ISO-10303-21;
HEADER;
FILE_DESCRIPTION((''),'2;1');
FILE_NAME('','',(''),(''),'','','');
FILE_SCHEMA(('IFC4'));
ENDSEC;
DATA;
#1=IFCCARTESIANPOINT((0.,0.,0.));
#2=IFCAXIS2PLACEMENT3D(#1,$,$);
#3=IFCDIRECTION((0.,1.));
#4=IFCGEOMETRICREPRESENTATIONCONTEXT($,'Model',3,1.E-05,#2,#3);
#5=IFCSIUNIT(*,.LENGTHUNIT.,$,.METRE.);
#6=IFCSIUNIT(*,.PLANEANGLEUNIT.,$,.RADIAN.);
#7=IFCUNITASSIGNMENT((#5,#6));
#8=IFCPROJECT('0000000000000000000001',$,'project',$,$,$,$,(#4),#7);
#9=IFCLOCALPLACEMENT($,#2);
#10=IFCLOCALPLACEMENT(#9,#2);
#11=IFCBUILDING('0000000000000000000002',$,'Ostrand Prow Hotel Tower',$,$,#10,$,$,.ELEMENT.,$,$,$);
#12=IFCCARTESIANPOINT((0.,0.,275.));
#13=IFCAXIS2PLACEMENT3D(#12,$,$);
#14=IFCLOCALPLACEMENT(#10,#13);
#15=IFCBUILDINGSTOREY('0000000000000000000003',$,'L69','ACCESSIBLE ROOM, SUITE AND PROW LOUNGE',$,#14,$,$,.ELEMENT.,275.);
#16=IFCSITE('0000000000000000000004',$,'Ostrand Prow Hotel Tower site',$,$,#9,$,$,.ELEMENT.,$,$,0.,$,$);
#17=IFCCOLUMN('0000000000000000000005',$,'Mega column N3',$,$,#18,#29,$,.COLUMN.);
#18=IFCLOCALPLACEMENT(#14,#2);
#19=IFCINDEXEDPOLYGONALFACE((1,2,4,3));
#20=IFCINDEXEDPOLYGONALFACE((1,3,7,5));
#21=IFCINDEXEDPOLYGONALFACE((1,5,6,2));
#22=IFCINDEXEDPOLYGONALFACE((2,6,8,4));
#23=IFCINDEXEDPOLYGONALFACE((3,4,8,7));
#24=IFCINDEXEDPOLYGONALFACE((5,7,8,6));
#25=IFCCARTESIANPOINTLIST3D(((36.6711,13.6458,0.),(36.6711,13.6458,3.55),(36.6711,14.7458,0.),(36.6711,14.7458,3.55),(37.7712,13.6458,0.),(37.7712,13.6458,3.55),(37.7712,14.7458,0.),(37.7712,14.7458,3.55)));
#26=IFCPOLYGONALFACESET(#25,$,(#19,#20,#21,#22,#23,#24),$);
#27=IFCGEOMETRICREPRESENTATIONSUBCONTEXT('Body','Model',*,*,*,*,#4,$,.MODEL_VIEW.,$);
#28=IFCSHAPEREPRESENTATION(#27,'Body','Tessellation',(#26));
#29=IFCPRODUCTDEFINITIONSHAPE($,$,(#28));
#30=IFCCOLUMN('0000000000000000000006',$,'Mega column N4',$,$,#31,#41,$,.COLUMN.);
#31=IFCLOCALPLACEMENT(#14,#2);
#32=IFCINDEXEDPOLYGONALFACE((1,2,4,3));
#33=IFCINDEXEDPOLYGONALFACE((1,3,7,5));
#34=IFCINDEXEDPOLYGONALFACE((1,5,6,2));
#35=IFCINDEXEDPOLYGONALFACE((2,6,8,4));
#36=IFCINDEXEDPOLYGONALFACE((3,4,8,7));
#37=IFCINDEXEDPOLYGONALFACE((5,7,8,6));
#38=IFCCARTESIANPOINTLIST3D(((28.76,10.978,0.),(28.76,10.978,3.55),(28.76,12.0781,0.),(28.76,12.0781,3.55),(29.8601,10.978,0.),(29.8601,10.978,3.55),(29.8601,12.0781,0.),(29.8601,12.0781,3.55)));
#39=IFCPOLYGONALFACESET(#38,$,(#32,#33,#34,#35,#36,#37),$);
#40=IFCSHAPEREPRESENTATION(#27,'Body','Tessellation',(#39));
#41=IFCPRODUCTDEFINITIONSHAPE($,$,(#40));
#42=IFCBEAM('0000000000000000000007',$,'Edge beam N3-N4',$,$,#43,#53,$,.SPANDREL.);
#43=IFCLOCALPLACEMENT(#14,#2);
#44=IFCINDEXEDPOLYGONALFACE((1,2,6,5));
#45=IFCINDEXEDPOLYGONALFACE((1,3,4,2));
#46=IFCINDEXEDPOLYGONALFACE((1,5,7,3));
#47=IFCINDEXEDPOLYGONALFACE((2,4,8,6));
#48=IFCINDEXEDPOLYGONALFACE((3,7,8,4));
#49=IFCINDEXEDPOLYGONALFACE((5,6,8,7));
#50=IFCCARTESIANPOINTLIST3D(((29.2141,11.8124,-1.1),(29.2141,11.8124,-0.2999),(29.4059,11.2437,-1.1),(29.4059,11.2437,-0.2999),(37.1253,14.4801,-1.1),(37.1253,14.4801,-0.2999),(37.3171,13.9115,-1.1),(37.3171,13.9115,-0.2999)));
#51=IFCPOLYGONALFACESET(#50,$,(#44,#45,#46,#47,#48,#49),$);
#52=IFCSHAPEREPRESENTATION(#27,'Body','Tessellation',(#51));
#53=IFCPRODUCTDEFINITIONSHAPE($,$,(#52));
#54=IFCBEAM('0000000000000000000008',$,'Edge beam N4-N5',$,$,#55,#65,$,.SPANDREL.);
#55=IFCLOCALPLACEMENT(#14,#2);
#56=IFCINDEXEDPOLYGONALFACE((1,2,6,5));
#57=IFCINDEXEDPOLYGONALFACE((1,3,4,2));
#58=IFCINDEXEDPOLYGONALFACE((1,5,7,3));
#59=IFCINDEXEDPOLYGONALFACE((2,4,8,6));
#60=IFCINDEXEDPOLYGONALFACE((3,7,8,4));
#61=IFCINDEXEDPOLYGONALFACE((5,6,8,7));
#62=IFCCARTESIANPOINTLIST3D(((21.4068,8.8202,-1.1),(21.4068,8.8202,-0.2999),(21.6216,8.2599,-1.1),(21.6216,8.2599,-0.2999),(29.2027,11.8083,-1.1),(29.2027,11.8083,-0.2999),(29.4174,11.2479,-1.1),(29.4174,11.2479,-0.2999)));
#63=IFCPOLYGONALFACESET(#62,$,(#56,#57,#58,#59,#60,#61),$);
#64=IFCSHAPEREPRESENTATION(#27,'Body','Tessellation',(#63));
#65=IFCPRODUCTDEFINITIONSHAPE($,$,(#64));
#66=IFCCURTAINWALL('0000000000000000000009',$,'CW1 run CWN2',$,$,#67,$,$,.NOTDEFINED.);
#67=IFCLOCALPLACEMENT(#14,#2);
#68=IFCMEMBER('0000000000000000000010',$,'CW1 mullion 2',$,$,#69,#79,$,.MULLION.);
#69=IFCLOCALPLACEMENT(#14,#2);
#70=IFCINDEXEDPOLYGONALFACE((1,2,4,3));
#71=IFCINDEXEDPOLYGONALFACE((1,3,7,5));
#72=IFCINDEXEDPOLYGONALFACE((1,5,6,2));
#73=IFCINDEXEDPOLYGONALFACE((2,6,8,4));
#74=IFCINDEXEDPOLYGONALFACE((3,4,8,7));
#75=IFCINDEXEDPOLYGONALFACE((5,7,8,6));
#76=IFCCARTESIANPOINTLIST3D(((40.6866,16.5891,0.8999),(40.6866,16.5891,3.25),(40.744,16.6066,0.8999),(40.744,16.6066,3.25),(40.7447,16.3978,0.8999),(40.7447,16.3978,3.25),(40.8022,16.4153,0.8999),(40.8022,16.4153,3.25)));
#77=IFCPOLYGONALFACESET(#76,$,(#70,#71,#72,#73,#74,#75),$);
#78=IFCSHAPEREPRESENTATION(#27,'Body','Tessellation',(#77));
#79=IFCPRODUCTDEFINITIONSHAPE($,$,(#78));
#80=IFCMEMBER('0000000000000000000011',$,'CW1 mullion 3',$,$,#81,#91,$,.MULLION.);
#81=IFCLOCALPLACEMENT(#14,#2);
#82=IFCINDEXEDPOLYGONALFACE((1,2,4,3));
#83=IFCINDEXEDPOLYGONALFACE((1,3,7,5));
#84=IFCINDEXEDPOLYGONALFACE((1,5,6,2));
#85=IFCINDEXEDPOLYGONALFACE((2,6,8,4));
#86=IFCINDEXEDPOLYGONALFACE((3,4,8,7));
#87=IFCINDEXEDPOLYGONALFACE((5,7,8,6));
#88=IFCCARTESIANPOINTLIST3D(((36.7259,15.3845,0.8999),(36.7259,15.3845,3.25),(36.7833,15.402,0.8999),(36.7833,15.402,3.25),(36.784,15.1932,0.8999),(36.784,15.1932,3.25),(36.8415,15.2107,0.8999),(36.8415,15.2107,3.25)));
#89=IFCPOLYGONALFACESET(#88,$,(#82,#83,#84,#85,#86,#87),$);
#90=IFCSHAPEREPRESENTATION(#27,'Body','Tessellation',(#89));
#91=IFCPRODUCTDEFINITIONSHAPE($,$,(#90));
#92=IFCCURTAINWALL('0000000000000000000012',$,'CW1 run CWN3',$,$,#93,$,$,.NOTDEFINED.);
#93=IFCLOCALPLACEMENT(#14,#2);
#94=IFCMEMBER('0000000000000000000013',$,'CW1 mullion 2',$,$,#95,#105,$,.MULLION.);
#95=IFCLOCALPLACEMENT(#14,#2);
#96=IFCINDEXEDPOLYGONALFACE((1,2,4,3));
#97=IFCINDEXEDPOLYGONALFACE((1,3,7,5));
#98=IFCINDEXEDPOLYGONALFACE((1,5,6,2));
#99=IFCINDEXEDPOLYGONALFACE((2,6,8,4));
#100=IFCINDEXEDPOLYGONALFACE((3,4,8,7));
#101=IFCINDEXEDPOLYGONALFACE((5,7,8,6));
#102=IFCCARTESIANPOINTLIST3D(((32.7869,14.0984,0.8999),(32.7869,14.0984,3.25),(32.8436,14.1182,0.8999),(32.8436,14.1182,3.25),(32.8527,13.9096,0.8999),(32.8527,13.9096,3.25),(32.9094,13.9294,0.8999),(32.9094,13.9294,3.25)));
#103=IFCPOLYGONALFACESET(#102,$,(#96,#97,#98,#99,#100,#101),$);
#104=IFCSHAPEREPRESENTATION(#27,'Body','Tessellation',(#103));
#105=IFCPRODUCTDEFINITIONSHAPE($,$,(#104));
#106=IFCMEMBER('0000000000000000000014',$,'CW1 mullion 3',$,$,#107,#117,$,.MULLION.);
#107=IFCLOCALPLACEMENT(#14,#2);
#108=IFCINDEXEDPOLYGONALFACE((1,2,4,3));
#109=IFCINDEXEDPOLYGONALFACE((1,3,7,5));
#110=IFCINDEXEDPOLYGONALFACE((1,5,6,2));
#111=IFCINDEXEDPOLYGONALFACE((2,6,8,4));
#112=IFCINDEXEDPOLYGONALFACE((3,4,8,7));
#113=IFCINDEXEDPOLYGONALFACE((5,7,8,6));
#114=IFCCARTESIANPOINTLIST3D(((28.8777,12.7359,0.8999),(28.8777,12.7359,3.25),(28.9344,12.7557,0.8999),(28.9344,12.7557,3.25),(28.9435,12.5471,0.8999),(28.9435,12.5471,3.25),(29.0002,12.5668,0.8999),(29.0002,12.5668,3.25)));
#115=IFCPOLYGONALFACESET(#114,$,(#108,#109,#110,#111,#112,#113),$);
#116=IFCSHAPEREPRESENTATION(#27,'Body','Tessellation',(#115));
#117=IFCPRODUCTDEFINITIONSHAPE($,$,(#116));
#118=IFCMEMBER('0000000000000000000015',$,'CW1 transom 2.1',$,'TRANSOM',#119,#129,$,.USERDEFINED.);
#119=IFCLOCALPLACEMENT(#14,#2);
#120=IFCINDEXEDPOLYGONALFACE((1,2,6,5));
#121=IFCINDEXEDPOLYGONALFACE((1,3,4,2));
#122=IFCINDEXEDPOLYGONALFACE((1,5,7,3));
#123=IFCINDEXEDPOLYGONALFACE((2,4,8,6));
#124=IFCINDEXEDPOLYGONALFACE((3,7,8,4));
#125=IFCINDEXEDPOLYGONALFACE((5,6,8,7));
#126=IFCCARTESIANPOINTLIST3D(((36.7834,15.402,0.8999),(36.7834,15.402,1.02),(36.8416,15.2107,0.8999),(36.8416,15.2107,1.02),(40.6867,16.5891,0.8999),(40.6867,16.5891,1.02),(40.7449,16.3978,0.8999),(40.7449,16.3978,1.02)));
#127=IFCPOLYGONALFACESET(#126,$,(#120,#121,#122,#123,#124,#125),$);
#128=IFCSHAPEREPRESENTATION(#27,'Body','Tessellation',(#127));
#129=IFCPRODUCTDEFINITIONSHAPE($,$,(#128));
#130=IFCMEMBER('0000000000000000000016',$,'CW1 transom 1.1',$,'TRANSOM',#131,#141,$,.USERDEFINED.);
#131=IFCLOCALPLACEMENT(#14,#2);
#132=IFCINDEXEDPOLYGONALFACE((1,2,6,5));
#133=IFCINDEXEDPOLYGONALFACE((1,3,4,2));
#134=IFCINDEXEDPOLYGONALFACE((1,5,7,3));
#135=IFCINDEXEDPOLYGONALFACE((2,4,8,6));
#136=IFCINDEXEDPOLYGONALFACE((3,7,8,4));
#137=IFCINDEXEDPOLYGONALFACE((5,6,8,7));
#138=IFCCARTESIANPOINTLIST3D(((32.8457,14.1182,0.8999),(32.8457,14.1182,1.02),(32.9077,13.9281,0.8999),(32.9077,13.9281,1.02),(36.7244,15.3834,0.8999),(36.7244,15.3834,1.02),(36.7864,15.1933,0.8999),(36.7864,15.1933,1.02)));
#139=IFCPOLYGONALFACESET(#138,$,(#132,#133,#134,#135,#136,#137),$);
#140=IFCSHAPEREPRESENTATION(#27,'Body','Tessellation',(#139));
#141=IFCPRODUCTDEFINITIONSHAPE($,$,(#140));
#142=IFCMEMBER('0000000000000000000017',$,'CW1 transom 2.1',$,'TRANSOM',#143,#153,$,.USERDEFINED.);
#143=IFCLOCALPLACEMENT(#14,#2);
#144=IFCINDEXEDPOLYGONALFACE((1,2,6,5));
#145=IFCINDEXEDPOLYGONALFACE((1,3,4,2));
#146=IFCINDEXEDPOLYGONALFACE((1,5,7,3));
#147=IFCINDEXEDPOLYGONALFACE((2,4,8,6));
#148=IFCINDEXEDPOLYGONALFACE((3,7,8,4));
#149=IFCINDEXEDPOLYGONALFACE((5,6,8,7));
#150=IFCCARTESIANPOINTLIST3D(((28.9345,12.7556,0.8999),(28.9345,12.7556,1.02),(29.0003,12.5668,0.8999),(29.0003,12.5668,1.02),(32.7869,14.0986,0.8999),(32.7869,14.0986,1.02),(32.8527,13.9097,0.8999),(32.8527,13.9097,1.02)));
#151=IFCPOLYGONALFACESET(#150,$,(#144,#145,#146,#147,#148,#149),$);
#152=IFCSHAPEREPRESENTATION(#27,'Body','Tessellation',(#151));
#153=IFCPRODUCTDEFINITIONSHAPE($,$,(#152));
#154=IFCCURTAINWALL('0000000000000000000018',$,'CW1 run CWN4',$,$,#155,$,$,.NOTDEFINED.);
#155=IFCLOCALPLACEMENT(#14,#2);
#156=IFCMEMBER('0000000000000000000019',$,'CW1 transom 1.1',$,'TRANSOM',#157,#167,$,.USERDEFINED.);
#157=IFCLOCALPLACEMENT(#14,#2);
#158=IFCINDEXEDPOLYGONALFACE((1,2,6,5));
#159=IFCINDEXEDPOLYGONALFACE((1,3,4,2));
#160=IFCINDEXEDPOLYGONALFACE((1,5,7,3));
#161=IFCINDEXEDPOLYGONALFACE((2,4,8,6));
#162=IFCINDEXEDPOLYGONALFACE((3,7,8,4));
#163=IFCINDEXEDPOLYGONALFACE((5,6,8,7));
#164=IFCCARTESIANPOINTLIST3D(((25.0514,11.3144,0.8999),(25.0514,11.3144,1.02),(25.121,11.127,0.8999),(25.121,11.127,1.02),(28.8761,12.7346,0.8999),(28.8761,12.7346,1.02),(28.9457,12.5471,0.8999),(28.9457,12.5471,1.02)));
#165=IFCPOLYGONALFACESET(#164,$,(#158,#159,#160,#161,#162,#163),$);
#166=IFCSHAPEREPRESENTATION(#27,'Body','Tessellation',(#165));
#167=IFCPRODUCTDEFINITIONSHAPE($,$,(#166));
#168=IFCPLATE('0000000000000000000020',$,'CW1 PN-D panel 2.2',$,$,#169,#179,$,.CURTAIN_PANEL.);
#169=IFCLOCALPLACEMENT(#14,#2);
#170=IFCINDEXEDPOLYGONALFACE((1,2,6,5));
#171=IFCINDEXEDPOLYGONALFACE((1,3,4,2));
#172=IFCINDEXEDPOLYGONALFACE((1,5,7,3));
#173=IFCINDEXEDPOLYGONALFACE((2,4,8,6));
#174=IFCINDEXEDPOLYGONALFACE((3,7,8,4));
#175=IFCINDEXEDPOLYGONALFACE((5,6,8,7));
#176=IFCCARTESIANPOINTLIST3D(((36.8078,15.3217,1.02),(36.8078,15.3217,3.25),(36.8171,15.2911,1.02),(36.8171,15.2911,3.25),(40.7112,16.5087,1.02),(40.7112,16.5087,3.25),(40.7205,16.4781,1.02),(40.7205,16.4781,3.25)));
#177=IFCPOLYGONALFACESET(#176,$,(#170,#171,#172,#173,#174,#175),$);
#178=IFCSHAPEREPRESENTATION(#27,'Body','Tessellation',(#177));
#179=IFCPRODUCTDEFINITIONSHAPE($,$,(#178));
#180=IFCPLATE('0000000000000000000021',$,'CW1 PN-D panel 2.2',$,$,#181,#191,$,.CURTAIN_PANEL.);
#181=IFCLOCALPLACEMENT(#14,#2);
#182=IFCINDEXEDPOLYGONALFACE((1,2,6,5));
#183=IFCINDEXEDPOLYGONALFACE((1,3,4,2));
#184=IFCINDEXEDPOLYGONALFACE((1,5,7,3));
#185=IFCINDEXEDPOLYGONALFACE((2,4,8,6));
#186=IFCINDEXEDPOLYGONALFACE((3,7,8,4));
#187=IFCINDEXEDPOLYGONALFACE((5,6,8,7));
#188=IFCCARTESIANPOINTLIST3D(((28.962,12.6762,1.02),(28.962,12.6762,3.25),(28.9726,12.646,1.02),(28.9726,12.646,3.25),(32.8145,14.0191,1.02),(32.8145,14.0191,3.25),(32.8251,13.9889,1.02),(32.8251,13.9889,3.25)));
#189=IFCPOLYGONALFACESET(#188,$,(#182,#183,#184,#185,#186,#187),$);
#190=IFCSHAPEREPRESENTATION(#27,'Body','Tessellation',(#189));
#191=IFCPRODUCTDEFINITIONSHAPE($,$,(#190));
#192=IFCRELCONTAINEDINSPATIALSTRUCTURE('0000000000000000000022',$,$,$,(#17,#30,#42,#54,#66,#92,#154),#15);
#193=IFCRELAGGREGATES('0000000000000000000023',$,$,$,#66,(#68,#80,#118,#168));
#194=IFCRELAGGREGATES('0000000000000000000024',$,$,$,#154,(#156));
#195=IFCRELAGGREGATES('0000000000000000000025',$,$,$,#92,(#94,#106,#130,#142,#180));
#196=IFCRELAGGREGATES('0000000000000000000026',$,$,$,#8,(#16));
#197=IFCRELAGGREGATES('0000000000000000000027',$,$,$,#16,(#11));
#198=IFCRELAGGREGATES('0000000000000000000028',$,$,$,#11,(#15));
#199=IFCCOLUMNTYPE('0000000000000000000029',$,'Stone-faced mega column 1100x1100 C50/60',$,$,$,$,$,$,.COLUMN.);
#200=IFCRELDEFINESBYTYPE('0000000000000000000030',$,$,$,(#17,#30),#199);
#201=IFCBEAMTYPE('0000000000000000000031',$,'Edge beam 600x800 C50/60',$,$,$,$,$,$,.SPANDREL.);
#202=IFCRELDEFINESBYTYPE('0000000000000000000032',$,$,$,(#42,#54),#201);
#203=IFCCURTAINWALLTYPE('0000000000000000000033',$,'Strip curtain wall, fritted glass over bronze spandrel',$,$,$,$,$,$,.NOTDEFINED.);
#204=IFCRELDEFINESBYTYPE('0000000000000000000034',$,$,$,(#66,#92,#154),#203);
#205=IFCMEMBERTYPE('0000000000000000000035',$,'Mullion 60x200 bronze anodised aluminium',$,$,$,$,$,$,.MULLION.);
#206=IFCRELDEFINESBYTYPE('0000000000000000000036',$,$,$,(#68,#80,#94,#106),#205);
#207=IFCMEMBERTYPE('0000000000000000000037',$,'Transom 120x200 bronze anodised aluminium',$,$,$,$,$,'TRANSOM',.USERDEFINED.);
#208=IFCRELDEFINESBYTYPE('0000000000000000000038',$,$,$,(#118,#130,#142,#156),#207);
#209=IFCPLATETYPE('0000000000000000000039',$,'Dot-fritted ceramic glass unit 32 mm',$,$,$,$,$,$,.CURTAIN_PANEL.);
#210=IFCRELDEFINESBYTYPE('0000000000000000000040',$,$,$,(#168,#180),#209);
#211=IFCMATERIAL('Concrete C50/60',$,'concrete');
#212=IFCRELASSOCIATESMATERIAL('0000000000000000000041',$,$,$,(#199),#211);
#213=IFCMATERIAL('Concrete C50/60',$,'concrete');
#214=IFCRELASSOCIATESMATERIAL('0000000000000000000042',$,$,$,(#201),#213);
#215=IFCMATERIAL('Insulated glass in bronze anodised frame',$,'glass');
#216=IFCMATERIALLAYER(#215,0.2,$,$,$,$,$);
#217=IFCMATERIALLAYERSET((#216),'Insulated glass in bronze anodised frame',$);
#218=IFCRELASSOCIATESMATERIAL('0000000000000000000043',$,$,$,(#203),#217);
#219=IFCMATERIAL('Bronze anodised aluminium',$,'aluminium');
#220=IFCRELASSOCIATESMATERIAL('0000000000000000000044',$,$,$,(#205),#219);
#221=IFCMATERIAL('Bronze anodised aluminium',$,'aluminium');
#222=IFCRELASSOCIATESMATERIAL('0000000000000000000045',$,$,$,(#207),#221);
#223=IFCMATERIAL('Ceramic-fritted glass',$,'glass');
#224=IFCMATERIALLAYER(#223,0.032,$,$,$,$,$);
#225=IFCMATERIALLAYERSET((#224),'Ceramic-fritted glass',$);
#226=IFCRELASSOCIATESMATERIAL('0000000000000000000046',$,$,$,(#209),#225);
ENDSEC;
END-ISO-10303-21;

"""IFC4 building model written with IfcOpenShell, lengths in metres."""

from ifc_helpers import new_model, si_unit, direction, frame, origin, origin_2d, place, context, subcontext, project, spatial, rectangle, extrude, material, layer, layer_set, material_profile, profile_set, type_object, element, aggregate, save


model = new_model("IFC4")

# Units and contexts
model_context = context("Model", 3, precision=1e-05, world=origin(), true_north=direction((0.0, 1.0)))
body_context = subcontext(model_context, "Body", "Model", "MODEL_VIEW")
ifc_project = project(units=[si_unit("LENGTHUNIT", "METRE"), si_unit("PLANEANGLEUNIT", "RADIAN")], contexts=[model_context])

# Site, building, storey
site_placement = place(None, origin())
site = spatial("IfcSite", under=ifc_project, at=site_placement, Name="Ostrand Prow Hotel Tower site", CompositionType="ELEMENT", RefElevation=0.0)
building_placement = place(site_placement, origin())
building = spatial("IfcBuilding", under=site, at=building_placement, Name="Ostrand Prow Hotel Tower", CompositionType="ELEMENT")
storey_placement = place(building_placement, frame((0.0, 0.0, 275.0)))
storey = spatial("IfcBuildingStorey", under=building, at=storey_placement, Name="L69", Description="ACCESSIBLE ROOM, SUITE AND PROW LOUNGE", CompositionType="ELEMENT", Elevation=275.0)

# Columns
ifc_material_1 = material(Name="Concrete C50/60", Category="concrete")
ifc_material_profile_1 = material_profile(ifc_material_1, rectangle(XDim=1.1001, YDim=1.1001, at=origin_2d()), Name="RC 1100x1100")
ifc_profile_set_1 = profile_set([ifc_material_profile_1], Name="Concrete C50/60")
column_type = type_object("IfcColumnType", Name="Stone-faced mega column 1100x1100 C50/60", PredefinedType="COLUMN", material=ifc_profile_set_1)
for number, where, z_axis, x_axis, name in (
    (1, (37.2212, 14.1958, 0.0), (0.0, 0.0, 1.0), (1.0, 0.0, 0.0), "Mega column N3"),
    (2, (29.3101, 11.5281, 0.0), (0.0, 0.0, 1.0), (1.0, 0.0, 0.0), "Mega column N4"),
):
    element("IfcColumn", number, at=place(storey_placement, frame(where, z_axis=z_axis, x_axis=x_axis)), inside=storey, type_object=column_type, Name=name, PredefinedType="COLUMN", context=body_context, shape_type="SweptSolid", body=[
        extrude(rectangle(XDim=1.1001, YDim=1.1001, at=origin_2d()), origin(), (0.0, 0.0, 1.0), 3.55),
    ])

# Beams
ifc_material_2 = material(Name="Concrete C50/60", Category="concrete")
ifc_material_profile_2 = material_profile(ifc_material_2, rectangle(XDim=0.6001, YDim=0.8, at=origin_2d()), Name="RC 600x800")
ifc_profile_set_2 = profile_set([ifc_material_profile_2], Name="Concrete C50/60")
beam_type = type_object("IfcBeamType", Name="Edge beam 600x800 C50/60", PredefinedType="SPANDREL", material=ifc_profile_set_2)
for number, where, z_axis, x_axis, name in (
    (3, (37.2212, 14.1958, -0.7), (-0.947575, -0.319533, 0.0), (0.319533, -0.947575, 0.0), "Edge beam N3-N4"),
    (4, (29.3101, 11.5281, -0.7), (-0.933762, -0.357895, 0.0), (0.357895, -0.933762, 0.0), "Edge beam N4-N5"),
):
    element("IfcBeam", number, at=place(storey_placement, frame(where, z_axis=z_axis, x_axis=x_axis)), inside=storey, type_object=beam_type, Name=name, PredefinedType="SPANDREL", context=body_context, shape_type="SweptSolid", body=[
        extrude(rectangle(XDim=0.6001, YDim=0.8, at=origin_2d()), origin(), (0.0, 0.0, 1.0), 8.3489),
    ])

# Curtain walls, members
ifc_material_3 = material(Name="Insulated glass in bronze anodised frame", Category="glass")
ifc_layer_1 = layer(ifc_material_3, 0.2)
ifc_layer_set_1 = layer_set([ifc_layer_1], Name="Insulated glass in bronze anodised frame")
curtain_wall_type = type_object("IfcCurtainWallType", Name="Strip curtain wall, fritted glass over bronze spandrel", PredefinedType="NOTDEFINED", material=ifc_layer_set_1)
curtain_wall_1_placement = place(storey_placement, origin())
curtain_wall_1 = element("IfcCurtainWall", 5, at=curtain_wall_1_placement, inside=storey, type_object=curtain_wall_type, Name="CW1 run CWN2", PredefinedType="NOTDEFINED")
ifc_material_4 = material(Name="Bronze anodised aluminium", Category="aluminium")
ifc_material_profile_3 = material_profile(ifc_material_4, rectangle(XDim=0.2, YDim=0.0601, at=origin_2d()), Name="Mullion 60x200 bronze anodised aluminium")
ifc_profile_set_3 = profile_set([ifc_material_profile_3], Name="Bronze anodised aluminium")
member_type_1 = type_object("IfcMemberType", Name="Mullion 60x200 bronze anodised aluminium", PredefinedType="MULLION", material=ifc_profile_set_3)
member_1_placement = place(storey_placement, frame((40.7444, 16.5022, 0.8999), z_axis=(0.0, 0.0, 1.0), x_axis=(0.290938, -0.956742, 0.0)))
member_1 = element("IfcMember", 6, at=member_1_placement, type_object=member_type_1, Name="CW1 mullion 2", PredefinedType="MULLION", context=body_context, shape_type="SweptSolid", body=[
    extrude(rectangle(XDim=0.2, YDim=0.0601, at=origin_2d()), origin(), (0.0, 0.0, 1.0), 2.3501),
])
member_2_placement = place(storey_placement, frame((36.7837, 15.2976, 0.8999), z_axis=(0.0, 0.0, 1.0), x_axis=(0.290938, -0.956742, 0.0)))
member_2 = element("IfcMember", 7, at=member_2_placement, type_object=member_type_1, Name="CW1 mullion 3", PredefinedType="MULLION", context=body_context, shape_type="SweptSolid", body=[
    extrude(rectangle(XDim=0.2, YDim=0.0601, at=origin_2d()), origin(), (0.0, 0.0, 1.0), 2.3501),
])
curtain_wall_2_placement = place(storey_placement, origin())
curtain_wall_2 = element("IfcCurtainWall", 8, at=curtain_wall_2_placement, inside=storey, type_object=curtain_wall_type, Name="CW1 run CWN3", PredefinedType="NOTDEFINED")
member_3_placement = place(storey_placement, frame((32.8481, 14.0139, 0.8999), z_axis=(0.0, 0.0, 1.0), x_axis=(0.329158, -0.944275, 0.0)))
member_3 = element("IfcMember", 9, at=member_3_placement, type_object=member_type_1, Name="CW1 mullion 2", PredefinedType="MULLION", context=body_context, shape_type="SweptSolid", body=[
    extrude(rectangle(XDim=0.2, YDim=0.0601, at=origin_2d()), origin(), (0.0, 0.0, 1.0), 2.3501),
])
member_4_placement = place(storey_placement, frame((28.939, 12.6514, 0.8999), z_axis=(0.0, 0.0, 1.0), x_axis=(0.329158, -0.944275, 0.0)))
member_4 = element("IfcMember", 10, at=member_4_placement, type_object=member_type_1, Name="CW1 mullion 3", PredefinedType="MULLION", context=body_context, shape_type="SweptSolid", body=[
    extrude(rectangle(XDim=0.2, YDim=0.0601, at=origin_2d()), origin(), (0.0, 0.0, 1.0), 2.3501),
])

# Members
ifc_material_5 = material(Name="Bronze anodised aluminium", Category="aluminium")
ifc_material_profile_4 = material_profile(ifc_material_5, rectangle(XDim=0.2, YDim=0.1201, at=origin_2d()), Name="Transom 120x200 bronze anodised aluminium")
ifc_profile_set_4 = profile_set([ifc_material_profile_4], Name="Bronze anodised aluminium")
member_type_2 = type_object("IfcMemberType", Name="Transom 120x200 bronze anodised aluminium", ElementType="TRANSOM", PredefinedType="USERDEFINED", material=ifc_profile_set_4)
member_5_placement = place(storey_placement, frame((40.7158, 16.4934, 0.96), z_axis=(-0.956739, -0.290947, 0.0), x_axis=(0.290947, -0.956739, 0.0)))
member_5 = element("IfcMember", 11, at=member_5_placement, type_object=member_type_2, Name="CW1 transom 2.1", ObjectType="TRANSOM", PredefinedType="USERDEFINED", context=body_context, shape_type="SweptSolid", body=[
    extrude(rectangle(XDim=0.2, YDim=0.1201, at=origin_2d()), origin(), (0.0, 0.0, 1.0), 4.0798),
])
member_6_placement = place(storey_placement, frame((36.7554, 15.2883, 0.96), z_axis=(-0.950704, -0.310099, 0.0), x_axis=(0.310099, -0.950704, 0.0)))
member_6 = element("IfcMember", 12, at=member_6_placement, type_object=member_type_2, Name="CW1 transom 1.1", ObjectType="TRANSOM", PredefinedType="USERDEFINED", context=body_context, shape_type="SweptSolid", body=[
    extrude(rectangle(XDim=0.2, YDim=0.1201, at=origin_2d()), origin(), (0.0, 0.0, 1.0), 4.0798),
])
member_7_placement = place(storey_placement, frame((32.8198, 14.0042, 0.96), z_axis=(-0.944268, -0.329177, 0.0), x_axis=(0.329177, -0.944268, 0.0)))
member_7 = element("IfcMember", 13, at=member_7_placement, type_object=member_type_2, Name="CW1 transom 2.1", ObjectType="TRANSOM", PredefinedType="USERDEFINED", context=body_context, shape_type="SweptSolid", body=[
    extrude(rectangle(XDim=0.2, YDim=0.1201, at=origin_2d()), origin(), (0.0, 0.0, 1.0), 4.0798),
])

# Curtain wall, member
curtain_wall_3_placement = place(storey_placement, origin())
curtain_wall_3 = element("IfcCurtainWall", 14, at=curtain_wall_3_placement, inside=storey, type_object=curtain_wall_type, Name="CW1 run CWN4", PredefinedType="NOTDEFINED")
member_8_placement = place(storey_placement, frame((28.9109, 12.6409, 0.96), z_axis=(-0.93746, -0.348092, 0.0), x_axis=(0.348092, -0.93746, 0.0)))
member_8 = element("IfcMember", 15, at=member_8_placement, type_object=member_type_2, Name="CW1 transom 1.1", ObjectType="TRANSOM", PredefinedType="USERDEFINED", context=body_context, shape_type="SweptSolid", body=[
    extrude(rectangle(XDim=0.2, YDim=0.1201, at=origin_2d()), origin(), (0.0, 0.0, 1.0), 4.0798),
])

# Plates
ifc_material_6 = material(Name="Ceramic-fritted glass", Category="glass")
ifc_layer_2 = layer(ifc_material_6, 0.032)
ifc_layer_set_2 = layer_set([ifc_layer_2], Name="Ceramic-fritted glass")
plate_type_1 = type_object("IfcPlateType", Name="Dot-fritted ceramic glass unit 32 mm", PredefinedType="CURTAIN_PANEL", material=ifc_layer_set_2)
plate_1_placement = place(storey_placement, frame((38.7642, 15.8999, 1.02), z_axis=(0.0, 0.0, 1.0), x_axis=(-0.956742, -0.290938, 0.0)))
plate_1 = element("IfcPlate", 16, at=plate_1_placement, type_object=plate_type_1, Name="CW1 PN-D panel 2.2", PredefinedType="CURTAIN_PANEL", context=body_context, shape_type="SweptSolid", body=[
    extrude(rectangle(XDim=4.0798, YDim=0.032, at=origin_2d()), origin(), (0.0, 0.0, 1.0), 2.23),
])
aggregate(curtain_wall_1, [member_1, member_2, member_5, plate_1])
plate_2_placement = place(storey_placement, frame((30.8936, 13.3325, 1.02), z_axis=(0.0, 0.0, 1.0), x_axis=(-0.944275, -0.329158, 0.0)))
plate_2 = element("IfcPlate", 17, at=plate_2_placement, type_object=plate_type_1, Name="CW1 PN-D panel 2.2", PredefinedType="CURTAIN_PANEL", context=body_context, shape_type="SweptSolid", body=[
    extrude(rectangle(XDim=4.0798, YDim=0.032, at=origin_2d()), origin(), (0.0, 0.0, 1.0), 2.23),
])
aggregate(curtain_wall_3, [member_8])
aggregate(curtain_wall_2, [member_3, member_4, member_6, member_7, plate_2])

save(model, "model.ifc")
